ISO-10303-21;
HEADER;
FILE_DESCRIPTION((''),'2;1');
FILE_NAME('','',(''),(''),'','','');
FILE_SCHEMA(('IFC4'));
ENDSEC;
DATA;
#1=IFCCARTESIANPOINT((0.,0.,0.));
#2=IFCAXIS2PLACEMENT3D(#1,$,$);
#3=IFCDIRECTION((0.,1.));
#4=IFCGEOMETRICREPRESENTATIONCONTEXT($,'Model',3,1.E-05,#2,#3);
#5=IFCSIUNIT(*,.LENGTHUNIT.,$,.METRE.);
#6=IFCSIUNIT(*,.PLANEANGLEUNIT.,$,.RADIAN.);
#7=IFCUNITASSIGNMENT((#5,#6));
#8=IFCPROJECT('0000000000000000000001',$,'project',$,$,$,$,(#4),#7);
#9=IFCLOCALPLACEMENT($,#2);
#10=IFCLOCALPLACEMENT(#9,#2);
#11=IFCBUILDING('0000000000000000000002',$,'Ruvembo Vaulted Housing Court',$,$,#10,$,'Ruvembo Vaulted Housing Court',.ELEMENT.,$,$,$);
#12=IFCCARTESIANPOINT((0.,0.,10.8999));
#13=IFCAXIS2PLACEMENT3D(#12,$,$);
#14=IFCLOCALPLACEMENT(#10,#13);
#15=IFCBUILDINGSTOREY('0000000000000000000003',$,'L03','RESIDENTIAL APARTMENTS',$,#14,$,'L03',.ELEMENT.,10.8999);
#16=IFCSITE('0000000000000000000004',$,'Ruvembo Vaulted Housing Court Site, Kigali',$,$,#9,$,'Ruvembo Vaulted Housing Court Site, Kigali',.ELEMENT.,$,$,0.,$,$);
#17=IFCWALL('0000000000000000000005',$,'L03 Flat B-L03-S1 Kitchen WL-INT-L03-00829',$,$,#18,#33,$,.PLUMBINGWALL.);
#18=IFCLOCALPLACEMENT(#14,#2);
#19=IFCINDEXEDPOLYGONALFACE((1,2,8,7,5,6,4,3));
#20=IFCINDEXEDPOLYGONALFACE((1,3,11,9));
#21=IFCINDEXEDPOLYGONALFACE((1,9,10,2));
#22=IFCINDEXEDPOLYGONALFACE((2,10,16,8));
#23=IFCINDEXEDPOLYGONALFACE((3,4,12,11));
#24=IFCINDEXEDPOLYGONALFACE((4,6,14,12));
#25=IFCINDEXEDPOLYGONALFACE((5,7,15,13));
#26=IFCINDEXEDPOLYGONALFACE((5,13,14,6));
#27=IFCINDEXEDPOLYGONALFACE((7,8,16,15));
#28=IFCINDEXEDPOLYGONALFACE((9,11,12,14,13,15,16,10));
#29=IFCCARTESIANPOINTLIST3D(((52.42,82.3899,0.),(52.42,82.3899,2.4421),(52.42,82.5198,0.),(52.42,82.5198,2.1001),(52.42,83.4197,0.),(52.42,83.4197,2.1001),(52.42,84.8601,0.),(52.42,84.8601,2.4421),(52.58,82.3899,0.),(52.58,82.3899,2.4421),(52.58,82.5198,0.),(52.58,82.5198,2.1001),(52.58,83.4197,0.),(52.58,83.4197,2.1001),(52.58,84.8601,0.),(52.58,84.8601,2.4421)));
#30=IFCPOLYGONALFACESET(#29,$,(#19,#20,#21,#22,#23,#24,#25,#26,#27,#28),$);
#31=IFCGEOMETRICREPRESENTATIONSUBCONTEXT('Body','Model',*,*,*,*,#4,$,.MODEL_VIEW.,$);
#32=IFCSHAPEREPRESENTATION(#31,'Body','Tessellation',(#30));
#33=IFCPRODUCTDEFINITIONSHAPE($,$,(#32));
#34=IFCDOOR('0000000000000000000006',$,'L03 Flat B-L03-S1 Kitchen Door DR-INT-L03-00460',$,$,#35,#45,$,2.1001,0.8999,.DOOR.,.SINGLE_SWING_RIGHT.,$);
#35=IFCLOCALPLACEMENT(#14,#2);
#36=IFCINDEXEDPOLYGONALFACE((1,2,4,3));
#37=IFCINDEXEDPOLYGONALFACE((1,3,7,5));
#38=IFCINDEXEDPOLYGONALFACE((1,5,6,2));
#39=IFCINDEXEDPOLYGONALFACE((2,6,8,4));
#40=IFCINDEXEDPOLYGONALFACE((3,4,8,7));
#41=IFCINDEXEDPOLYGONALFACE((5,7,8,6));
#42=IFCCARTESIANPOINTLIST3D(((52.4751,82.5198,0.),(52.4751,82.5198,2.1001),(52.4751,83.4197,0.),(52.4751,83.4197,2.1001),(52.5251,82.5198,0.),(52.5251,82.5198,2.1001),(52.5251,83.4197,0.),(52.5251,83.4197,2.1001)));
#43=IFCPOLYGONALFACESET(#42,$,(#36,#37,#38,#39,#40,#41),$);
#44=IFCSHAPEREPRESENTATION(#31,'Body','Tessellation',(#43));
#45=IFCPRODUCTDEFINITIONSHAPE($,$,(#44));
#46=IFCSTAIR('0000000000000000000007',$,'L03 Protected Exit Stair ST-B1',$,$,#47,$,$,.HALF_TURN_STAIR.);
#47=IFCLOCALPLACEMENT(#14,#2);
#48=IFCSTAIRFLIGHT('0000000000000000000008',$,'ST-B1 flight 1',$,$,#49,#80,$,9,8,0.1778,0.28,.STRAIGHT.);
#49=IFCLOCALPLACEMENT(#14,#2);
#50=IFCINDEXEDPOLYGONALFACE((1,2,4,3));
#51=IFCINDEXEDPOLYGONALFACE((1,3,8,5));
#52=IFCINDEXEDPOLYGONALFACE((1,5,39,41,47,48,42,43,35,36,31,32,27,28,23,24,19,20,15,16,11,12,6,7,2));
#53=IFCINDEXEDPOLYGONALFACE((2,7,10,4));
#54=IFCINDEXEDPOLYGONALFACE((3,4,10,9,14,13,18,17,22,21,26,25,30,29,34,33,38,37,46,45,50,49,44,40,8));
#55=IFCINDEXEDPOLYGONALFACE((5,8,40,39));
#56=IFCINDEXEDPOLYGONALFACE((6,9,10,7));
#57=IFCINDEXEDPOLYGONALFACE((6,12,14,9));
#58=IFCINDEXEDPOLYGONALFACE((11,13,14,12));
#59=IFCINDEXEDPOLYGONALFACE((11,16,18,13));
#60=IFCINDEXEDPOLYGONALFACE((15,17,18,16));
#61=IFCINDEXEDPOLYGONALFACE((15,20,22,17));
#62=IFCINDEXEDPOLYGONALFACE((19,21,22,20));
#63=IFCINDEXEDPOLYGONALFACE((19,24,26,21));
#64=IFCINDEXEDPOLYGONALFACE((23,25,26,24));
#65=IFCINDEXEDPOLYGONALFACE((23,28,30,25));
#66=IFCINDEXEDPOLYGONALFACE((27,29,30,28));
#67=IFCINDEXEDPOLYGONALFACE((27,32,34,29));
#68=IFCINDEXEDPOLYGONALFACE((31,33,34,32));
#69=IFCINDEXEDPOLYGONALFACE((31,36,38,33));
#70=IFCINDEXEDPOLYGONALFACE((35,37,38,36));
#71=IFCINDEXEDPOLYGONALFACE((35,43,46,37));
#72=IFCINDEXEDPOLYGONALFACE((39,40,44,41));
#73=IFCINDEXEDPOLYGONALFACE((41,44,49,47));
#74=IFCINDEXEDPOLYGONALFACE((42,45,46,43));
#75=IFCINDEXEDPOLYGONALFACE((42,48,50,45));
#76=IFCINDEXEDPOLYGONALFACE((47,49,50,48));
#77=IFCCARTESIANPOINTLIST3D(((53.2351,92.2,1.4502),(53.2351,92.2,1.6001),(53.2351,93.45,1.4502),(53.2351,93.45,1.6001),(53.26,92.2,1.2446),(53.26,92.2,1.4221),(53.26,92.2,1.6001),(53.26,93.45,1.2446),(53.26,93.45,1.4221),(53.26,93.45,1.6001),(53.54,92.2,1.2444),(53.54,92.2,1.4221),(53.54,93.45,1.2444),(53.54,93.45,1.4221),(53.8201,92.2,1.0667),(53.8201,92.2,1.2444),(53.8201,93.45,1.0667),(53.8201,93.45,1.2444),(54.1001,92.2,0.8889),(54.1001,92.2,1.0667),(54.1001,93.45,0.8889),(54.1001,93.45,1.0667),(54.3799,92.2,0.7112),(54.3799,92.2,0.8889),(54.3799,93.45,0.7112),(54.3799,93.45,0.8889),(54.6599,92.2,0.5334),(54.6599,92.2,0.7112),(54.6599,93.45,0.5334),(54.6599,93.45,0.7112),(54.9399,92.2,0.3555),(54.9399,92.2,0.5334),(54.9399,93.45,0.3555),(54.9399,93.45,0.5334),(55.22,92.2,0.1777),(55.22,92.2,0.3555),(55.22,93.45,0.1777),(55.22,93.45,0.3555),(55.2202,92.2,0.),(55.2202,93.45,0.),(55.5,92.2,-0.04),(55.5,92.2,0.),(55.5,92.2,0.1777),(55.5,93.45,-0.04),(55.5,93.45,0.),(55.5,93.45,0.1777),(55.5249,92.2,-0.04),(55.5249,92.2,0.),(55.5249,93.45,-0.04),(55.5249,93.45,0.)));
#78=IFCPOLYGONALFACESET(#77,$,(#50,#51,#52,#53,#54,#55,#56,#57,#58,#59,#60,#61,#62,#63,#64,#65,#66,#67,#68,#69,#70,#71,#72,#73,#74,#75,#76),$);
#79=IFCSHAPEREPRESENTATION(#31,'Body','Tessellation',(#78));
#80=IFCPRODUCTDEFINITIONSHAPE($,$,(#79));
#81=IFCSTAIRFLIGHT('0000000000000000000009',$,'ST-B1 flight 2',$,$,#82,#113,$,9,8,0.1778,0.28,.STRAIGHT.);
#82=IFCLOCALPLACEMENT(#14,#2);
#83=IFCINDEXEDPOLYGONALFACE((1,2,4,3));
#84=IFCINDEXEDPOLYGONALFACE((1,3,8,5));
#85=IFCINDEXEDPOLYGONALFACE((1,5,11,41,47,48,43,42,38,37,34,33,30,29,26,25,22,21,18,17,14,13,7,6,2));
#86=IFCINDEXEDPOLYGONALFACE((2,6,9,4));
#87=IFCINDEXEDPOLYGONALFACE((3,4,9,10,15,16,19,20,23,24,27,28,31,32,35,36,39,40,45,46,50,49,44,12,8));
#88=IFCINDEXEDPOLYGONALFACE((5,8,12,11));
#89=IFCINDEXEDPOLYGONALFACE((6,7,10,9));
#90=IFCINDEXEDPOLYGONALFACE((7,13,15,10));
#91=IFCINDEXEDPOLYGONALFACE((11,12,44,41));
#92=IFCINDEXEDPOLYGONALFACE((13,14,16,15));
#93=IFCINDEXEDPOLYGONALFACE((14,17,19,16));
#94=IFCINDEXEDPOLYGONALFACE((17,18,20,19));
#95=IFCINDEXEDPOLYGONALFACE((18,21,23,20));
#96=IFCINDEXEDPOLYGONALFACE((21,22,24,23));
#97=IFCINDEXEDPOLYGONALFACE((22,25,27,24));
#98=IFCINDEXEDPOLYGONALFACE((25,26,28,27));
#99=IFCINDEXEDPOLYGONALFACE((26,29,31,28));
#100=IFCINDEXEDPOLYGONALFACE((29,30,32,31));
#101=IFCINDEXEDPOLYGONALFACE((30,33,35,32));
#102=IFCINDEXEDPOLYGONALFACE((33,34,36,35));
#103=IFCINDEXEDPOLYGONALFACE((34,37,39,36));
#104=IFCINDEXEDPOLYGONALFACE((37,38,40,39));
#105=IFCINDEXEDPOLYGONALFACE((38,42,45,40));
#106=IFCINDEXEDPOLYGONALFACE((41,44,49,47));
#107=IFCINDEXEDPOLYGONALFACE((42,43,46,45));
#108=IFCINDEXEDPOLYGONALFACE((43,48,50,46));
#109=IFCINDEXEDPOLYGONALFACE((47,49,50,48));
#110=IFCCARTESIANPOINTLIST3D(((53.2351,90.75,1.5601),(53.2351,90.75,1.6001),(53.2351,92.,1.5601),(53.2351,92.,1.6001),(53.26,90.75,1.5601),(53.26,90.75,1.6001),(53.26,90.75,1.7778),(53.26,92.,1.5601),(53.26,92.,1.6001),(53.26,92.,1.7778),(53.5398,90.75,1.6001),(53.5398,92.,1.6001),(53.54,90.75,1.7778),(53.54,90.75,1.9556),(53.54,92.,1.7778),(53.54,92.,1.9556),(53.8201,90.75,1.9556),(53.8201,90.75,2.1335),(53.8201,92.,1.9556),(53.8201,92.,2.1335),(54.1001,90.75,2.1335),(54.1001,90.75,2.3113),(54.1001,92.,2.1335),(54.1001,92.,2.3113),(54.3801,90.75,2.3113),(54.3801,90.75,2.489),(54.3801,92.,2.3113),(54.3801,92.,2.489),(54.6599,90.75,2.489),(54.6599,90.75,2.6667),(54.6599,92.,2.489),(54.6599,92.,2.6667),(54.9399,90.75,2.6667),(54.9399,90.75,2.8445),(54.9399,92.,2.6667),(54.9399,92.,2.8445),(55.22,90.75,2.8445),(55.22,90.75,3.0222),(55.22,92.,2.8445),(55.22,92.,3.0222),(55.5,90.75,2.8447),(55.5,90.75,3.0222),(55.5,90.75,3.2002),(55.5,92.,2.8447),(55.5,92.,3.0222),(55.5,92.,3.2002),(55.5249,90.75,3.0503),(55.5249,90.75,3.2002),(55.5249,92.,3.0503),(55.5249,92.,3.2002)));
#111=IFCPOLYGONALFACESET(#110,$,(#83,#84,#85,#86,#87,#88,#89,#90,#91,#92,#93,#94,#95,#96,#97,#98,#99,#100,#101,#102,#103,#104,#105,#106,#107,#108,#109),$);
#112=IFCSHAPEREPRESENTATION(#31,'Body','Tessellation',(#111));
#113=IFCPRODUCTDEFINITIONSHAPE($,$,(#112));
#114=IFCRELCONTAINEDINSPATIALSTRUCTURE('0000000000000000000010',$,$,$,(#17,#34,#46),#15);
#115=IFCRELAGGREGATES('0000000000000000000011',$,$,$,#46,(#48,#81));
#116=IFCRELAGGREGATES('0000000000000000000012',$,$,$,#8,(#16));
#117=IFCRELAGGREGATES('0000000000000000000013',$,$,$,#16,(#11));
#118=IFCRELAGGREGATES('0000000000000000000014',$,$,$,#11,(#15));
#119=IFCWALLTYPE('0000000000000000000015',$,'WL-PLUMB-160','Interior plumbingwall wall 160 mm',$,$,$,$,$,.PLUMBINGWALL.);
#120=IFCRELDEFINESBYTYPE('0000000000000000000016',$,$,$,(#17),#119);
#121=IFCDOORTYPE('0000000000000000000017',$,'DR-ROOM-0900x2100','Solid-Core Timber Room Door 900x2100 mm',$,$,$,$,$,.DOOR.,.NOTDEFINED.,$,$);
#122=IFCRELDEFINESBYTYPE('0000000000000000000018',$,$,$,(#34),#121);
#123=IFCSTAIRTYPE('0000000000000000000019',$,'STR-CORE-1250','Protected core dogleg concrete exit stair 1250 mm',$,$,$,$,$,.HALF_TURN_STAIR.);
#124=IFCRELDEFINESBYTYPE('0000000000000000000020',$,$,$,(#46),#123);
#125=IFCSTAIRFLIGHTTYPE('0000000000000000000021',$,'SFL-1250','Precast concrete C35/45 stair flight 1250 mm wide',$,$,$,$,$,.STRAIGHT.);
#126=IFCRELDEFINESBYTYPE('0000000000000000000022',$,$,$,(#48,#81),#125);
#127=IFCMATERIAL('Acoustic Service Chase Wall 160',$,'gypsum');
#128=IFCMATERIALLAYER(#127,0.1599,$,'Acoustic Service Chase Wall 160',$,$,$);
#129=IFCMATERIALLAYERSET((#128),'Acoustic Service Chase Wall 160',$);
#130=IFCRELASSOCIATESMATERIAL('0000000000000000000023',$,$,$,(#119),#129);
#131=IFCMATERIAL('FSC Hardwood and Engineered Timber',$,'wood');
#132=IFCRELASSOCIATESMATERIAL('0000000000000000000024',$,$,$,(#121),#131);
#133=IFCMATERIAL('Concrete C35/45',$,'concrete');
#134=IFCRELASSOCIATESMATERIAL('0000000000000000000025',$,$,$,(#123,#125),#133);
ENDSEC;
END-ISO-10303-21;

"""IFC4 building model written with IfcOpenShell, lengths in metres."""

from ifc_helpers import new_model, si_unit, direction, frame, frame_2d, origin, place, context, subcontext, project, spatial, polyline, rectangle, outline, extrude, material, layer, layer_set, type_object, element, fill, aggregate, save


model = new_model("IFC4")

# Units and contexts
model_context = context("Model", 3, precision=1e-05, world=origin(), true_north=direction((0.0, 1.0)))
body_context = subcontext(model_context, "Body", "Model", "MODEL_VIEW")
ifc_project = project(units=[si_unit("LENGTHUNIT", "METRE"), si_unit("PLANEANGLEUNIT", "RADIAN")], contexts=[model_context])

# Site, building, storey
site_placement = place(None, origin())
site = spatial("IfcSite", under=ifc_project, at=site_placement, Name="Ruvembo Vaulted Housing Court Site, Kigali", LongName="Ruvembo Vaulted Housing Court Site, Kigali", CompositionType="ELEMENT", RefElevation=0.0)
building_placement = place(site_placement, origin())
building = spatial("IfcBuilding", under=site, at=building_placement, Name="Ruvembo Vaulted Housing Court", LongName="Ruvembo Vaulted Housing Court", CompositionType="ELEMENT")
storey_placement = place(building_placement, frame((0.0, 0.0, 10.8999)))
storey = spatial("IfcBuildingStorey", under=building, at=storey_placement, Name="L03", Description="RESIDENTIAL APARTMENTS", LongName="L03", CompositionType="ELEMENT", Elevation=10.8999)

# Shared definitions
ifc_material_1 = material(Name="Concrete C35/45", Category="concrete")

# Wall, opening, door
ifc_material_2 = material(Name="FSC Hardwood and Engineered Timber", Category="wood")
ifc_material_3 = material(Name="Acoustic Service Chase Wall 160", Category="gypsum")
ifc_layer_1 = layer(ifc_material_3, 0.1599, Name="Acoustic Service Chase Wall 160")
ifc_layer_set_1 = layer_set([ifc_layer_1], Name="Acoustic Service Chase Wall 160")
wall_type_1 = type_object("IfcWallType", Name="WL-PLUMB-160", Description="Interior plumbingwall wall 160 mm", PredefinedType="PLUMBINGWALL", material=ifc_layer_set_1)
wall_1_placement = place(storey_placement, frame((52.5, 82.3899, 0.0), z_axis=(0.0, 0.0, 1.0), x_axis=(0.0, 1.0, 0.0)))
wall_1 = element("IfcWall", 1, at=wall_1_placement, inside=storey, type_object=wall_type_1, Name="L03 Flat B-L03-S1 Kitchen WL-INT-L03-00829", PredefinedType="PLUMBINGWALL", context=body_context, shape_type="SweptSolid", body=[
    extrude(rectangle(XDim=2.4702, YDim=0.1599, at=frame_2d((1.2351, 0.0))), origin(), (0.0, 0.0, 1.0), 2.4421),
])
opening_1_placement = place(wall_1_placement, frame((0.1299, 0.0, 0.0)))
opening_1 = element("IfcOpeningElement", 2, at=opening_1_placement, cuts=wall_1, PredefinedType="OPENING", context=body_context, shape_type="SweptSolid", body=[
    extrude(rectangle(XDim=0.8999, YDim=2.1001, at=frame_2d((0.45, 1.05))), frame((0.0, 0.0898, 0.0), z_axis=(0.0, -1.0, 0.0), x_axis=(1.0, 0.0, 0.0)), (0.0, 0.0, 1.0), 0.1799),
])
door_type_1 = type_object("IfcDoorType", Name="DR-ROOM-0900x2100", Description="Solid-Core Timber Room Door 900x2100 mm", OperationType="NOTDEFINED", PredefinedType="DOOR", material=ifc_material_2)
door_1_placement = place(opening_1_placement, origin())
door_1 = element("IfcDoor", 3, at=door_1_placement, inside=storey, type_object=door_type_1, Name="L03 Flat B-L03-S1 Kitchen Door DR-INT-L03-00460", OperationType="SINGLE_SWING_RIGHT", OverallHeight=2.1001, OverallWidth=0.8999, PredefinedType="DOOR", context=body_context, shape_type="SweptSolid", body=[
    extrude(rectangle(XDim=0.8999, YDim=2.1001, at=frame_2d((0.45, 1.05))), frame((0.0, 0.0249, 0.0), z_axis=(0.0, -1.0, 0.0), x_axis=(1.0, 0.0, 0.0)), (0.0, 0.0, 1.0), 0.05),
])
fill(opening_1, door_1)

# Stair, stair flights
stair_type = type_object("IfcStairType", Name="STR-CORE-1250", Description="Protected core dogleg concrete exit stair 1250 mm", PredefinedType="HALF_TURN_STAIR", material=ifc_material_1)
stair_placement = place(storey_placement, origin())
stair = element("IfcStair", 4, at=stair_placement, inside=storey, type_object=stair_type, Name="L03 Protected Exit Stair ST-B1", PredefinedType="HALF_TURN_STAIR")
stair_flight_type = type_object("IfcStairFlightType", Name="SFL-1250", Description="Precast concrete C35/45 stair flight 1250 mm wide", PredefinedType="STRAIGHT", material=ifc_material_1)
stair_flight_1_placement = place(storey_placement, frame((55.5, 92.825, 0.0), z_axis=(0.0, 0.0, 1.0), x_axis=(-1.0, 0.0, 0.0)))
stair_flight_1 = element("IfcStairFlight", 5, at=stair_flight_1_placement, type_object=stair_flight_type, Name="ST-B1 flight 1", NumberOfRisers=9, NumberOfTreads=8, PredefinedType="STRAIGHT", RiserHeight=0.1778, TreadLength=0.28, context=body_context, shape_type="SweptSolid", body=[
    extrude(outline(polyline([(-0.0249, -0.04), (-0.0249, 0.0), (0.0, 0.0), (0.0, 0.1777), (0.28, 0.1777), (0.28, 0.3555), (0.5601, 0.3555), (0.5601, 0.5334), (0.8401, 0.5334), (0.8401, 0.7112), (1.1201, 0.7112), (1.1201, 0.8889), (1.3999, 0.8889), (1.3999, 1.0667), (1.6799, 1.0667), (1.6799, 1.2444), (1.96, 1.2444), (1.96, 1.4221), (2.24, 1.4221), (2.24, 1.6001), (2.2649, 1.6001), (2.2649, 1.4502), (2.24, 1.2446), (0.2798, 0.0), (0.0, -0.04), (-0.0249, -0.04)])), frame((0.0, 0.625, 0.0), z_axis=(0.0, -1.0, 0.0), x_axis=(1.0, 0.0, 0.0)), (0.0, 0.0, 1.0), 1.25),
])
stair_flight_2_placement = place(storey_placement, frame((53.26, 91.375, 1.6001), z_axis=(0.0, 0.0, 1.0), x_axis=(1.0, 0.0, 0.0)))
stair_flight_2 = element("IfcStairFlight", 6, at=stair_flight_2_placement, type_object=stair_flight_type, Name="ST-B1 flight 2", NumberOfRisers=9, NumberOfTreads=8, PredefinedType="STRAIGHT", RiserHeight=0.1778, TreadLength=0.28, context=body_context, shape_type="SweptSolid", body=[
    extrude(outline(polyline([(-0.0249, -0.04), (-0.0249, 0.0), (0.0, 0.0), (0.0, 0.1777), (0.28, 0.1777), (0.28, 0.3555), (0.5601, 0.3555), (0.5601, 0.5334), (0.8401, 0.5334), (0.8401, 0.7112), (1.1201, 0.7112), (1.1201, 0.8889), (1.3999, 0.8889), (1.3999, 1.0667), (1.6799, 1.0667), (1.6799, 1.2444), (1.96, 1.2444), (1.96, 1.4221), (2.24, 1.4221), (2.24, 1.6001), (2.2649, 1.6001), (2.2649, 1.4502), (2.24, 1.2446), (0.2798, 0.0), (0.0, -0.04), (-0.0249, -0.04)])), frame((0.0, 0.625, 0.0), z_axis=(0.0, -1.0, 0.0), x_axis=(1.0, 0.0, 0.0)), (0.0, 0.0, 1.0), 1.25),
])
aggregate(stair, [stair_flight_1, stair_flight_2])

save(model, "model.ifc")
